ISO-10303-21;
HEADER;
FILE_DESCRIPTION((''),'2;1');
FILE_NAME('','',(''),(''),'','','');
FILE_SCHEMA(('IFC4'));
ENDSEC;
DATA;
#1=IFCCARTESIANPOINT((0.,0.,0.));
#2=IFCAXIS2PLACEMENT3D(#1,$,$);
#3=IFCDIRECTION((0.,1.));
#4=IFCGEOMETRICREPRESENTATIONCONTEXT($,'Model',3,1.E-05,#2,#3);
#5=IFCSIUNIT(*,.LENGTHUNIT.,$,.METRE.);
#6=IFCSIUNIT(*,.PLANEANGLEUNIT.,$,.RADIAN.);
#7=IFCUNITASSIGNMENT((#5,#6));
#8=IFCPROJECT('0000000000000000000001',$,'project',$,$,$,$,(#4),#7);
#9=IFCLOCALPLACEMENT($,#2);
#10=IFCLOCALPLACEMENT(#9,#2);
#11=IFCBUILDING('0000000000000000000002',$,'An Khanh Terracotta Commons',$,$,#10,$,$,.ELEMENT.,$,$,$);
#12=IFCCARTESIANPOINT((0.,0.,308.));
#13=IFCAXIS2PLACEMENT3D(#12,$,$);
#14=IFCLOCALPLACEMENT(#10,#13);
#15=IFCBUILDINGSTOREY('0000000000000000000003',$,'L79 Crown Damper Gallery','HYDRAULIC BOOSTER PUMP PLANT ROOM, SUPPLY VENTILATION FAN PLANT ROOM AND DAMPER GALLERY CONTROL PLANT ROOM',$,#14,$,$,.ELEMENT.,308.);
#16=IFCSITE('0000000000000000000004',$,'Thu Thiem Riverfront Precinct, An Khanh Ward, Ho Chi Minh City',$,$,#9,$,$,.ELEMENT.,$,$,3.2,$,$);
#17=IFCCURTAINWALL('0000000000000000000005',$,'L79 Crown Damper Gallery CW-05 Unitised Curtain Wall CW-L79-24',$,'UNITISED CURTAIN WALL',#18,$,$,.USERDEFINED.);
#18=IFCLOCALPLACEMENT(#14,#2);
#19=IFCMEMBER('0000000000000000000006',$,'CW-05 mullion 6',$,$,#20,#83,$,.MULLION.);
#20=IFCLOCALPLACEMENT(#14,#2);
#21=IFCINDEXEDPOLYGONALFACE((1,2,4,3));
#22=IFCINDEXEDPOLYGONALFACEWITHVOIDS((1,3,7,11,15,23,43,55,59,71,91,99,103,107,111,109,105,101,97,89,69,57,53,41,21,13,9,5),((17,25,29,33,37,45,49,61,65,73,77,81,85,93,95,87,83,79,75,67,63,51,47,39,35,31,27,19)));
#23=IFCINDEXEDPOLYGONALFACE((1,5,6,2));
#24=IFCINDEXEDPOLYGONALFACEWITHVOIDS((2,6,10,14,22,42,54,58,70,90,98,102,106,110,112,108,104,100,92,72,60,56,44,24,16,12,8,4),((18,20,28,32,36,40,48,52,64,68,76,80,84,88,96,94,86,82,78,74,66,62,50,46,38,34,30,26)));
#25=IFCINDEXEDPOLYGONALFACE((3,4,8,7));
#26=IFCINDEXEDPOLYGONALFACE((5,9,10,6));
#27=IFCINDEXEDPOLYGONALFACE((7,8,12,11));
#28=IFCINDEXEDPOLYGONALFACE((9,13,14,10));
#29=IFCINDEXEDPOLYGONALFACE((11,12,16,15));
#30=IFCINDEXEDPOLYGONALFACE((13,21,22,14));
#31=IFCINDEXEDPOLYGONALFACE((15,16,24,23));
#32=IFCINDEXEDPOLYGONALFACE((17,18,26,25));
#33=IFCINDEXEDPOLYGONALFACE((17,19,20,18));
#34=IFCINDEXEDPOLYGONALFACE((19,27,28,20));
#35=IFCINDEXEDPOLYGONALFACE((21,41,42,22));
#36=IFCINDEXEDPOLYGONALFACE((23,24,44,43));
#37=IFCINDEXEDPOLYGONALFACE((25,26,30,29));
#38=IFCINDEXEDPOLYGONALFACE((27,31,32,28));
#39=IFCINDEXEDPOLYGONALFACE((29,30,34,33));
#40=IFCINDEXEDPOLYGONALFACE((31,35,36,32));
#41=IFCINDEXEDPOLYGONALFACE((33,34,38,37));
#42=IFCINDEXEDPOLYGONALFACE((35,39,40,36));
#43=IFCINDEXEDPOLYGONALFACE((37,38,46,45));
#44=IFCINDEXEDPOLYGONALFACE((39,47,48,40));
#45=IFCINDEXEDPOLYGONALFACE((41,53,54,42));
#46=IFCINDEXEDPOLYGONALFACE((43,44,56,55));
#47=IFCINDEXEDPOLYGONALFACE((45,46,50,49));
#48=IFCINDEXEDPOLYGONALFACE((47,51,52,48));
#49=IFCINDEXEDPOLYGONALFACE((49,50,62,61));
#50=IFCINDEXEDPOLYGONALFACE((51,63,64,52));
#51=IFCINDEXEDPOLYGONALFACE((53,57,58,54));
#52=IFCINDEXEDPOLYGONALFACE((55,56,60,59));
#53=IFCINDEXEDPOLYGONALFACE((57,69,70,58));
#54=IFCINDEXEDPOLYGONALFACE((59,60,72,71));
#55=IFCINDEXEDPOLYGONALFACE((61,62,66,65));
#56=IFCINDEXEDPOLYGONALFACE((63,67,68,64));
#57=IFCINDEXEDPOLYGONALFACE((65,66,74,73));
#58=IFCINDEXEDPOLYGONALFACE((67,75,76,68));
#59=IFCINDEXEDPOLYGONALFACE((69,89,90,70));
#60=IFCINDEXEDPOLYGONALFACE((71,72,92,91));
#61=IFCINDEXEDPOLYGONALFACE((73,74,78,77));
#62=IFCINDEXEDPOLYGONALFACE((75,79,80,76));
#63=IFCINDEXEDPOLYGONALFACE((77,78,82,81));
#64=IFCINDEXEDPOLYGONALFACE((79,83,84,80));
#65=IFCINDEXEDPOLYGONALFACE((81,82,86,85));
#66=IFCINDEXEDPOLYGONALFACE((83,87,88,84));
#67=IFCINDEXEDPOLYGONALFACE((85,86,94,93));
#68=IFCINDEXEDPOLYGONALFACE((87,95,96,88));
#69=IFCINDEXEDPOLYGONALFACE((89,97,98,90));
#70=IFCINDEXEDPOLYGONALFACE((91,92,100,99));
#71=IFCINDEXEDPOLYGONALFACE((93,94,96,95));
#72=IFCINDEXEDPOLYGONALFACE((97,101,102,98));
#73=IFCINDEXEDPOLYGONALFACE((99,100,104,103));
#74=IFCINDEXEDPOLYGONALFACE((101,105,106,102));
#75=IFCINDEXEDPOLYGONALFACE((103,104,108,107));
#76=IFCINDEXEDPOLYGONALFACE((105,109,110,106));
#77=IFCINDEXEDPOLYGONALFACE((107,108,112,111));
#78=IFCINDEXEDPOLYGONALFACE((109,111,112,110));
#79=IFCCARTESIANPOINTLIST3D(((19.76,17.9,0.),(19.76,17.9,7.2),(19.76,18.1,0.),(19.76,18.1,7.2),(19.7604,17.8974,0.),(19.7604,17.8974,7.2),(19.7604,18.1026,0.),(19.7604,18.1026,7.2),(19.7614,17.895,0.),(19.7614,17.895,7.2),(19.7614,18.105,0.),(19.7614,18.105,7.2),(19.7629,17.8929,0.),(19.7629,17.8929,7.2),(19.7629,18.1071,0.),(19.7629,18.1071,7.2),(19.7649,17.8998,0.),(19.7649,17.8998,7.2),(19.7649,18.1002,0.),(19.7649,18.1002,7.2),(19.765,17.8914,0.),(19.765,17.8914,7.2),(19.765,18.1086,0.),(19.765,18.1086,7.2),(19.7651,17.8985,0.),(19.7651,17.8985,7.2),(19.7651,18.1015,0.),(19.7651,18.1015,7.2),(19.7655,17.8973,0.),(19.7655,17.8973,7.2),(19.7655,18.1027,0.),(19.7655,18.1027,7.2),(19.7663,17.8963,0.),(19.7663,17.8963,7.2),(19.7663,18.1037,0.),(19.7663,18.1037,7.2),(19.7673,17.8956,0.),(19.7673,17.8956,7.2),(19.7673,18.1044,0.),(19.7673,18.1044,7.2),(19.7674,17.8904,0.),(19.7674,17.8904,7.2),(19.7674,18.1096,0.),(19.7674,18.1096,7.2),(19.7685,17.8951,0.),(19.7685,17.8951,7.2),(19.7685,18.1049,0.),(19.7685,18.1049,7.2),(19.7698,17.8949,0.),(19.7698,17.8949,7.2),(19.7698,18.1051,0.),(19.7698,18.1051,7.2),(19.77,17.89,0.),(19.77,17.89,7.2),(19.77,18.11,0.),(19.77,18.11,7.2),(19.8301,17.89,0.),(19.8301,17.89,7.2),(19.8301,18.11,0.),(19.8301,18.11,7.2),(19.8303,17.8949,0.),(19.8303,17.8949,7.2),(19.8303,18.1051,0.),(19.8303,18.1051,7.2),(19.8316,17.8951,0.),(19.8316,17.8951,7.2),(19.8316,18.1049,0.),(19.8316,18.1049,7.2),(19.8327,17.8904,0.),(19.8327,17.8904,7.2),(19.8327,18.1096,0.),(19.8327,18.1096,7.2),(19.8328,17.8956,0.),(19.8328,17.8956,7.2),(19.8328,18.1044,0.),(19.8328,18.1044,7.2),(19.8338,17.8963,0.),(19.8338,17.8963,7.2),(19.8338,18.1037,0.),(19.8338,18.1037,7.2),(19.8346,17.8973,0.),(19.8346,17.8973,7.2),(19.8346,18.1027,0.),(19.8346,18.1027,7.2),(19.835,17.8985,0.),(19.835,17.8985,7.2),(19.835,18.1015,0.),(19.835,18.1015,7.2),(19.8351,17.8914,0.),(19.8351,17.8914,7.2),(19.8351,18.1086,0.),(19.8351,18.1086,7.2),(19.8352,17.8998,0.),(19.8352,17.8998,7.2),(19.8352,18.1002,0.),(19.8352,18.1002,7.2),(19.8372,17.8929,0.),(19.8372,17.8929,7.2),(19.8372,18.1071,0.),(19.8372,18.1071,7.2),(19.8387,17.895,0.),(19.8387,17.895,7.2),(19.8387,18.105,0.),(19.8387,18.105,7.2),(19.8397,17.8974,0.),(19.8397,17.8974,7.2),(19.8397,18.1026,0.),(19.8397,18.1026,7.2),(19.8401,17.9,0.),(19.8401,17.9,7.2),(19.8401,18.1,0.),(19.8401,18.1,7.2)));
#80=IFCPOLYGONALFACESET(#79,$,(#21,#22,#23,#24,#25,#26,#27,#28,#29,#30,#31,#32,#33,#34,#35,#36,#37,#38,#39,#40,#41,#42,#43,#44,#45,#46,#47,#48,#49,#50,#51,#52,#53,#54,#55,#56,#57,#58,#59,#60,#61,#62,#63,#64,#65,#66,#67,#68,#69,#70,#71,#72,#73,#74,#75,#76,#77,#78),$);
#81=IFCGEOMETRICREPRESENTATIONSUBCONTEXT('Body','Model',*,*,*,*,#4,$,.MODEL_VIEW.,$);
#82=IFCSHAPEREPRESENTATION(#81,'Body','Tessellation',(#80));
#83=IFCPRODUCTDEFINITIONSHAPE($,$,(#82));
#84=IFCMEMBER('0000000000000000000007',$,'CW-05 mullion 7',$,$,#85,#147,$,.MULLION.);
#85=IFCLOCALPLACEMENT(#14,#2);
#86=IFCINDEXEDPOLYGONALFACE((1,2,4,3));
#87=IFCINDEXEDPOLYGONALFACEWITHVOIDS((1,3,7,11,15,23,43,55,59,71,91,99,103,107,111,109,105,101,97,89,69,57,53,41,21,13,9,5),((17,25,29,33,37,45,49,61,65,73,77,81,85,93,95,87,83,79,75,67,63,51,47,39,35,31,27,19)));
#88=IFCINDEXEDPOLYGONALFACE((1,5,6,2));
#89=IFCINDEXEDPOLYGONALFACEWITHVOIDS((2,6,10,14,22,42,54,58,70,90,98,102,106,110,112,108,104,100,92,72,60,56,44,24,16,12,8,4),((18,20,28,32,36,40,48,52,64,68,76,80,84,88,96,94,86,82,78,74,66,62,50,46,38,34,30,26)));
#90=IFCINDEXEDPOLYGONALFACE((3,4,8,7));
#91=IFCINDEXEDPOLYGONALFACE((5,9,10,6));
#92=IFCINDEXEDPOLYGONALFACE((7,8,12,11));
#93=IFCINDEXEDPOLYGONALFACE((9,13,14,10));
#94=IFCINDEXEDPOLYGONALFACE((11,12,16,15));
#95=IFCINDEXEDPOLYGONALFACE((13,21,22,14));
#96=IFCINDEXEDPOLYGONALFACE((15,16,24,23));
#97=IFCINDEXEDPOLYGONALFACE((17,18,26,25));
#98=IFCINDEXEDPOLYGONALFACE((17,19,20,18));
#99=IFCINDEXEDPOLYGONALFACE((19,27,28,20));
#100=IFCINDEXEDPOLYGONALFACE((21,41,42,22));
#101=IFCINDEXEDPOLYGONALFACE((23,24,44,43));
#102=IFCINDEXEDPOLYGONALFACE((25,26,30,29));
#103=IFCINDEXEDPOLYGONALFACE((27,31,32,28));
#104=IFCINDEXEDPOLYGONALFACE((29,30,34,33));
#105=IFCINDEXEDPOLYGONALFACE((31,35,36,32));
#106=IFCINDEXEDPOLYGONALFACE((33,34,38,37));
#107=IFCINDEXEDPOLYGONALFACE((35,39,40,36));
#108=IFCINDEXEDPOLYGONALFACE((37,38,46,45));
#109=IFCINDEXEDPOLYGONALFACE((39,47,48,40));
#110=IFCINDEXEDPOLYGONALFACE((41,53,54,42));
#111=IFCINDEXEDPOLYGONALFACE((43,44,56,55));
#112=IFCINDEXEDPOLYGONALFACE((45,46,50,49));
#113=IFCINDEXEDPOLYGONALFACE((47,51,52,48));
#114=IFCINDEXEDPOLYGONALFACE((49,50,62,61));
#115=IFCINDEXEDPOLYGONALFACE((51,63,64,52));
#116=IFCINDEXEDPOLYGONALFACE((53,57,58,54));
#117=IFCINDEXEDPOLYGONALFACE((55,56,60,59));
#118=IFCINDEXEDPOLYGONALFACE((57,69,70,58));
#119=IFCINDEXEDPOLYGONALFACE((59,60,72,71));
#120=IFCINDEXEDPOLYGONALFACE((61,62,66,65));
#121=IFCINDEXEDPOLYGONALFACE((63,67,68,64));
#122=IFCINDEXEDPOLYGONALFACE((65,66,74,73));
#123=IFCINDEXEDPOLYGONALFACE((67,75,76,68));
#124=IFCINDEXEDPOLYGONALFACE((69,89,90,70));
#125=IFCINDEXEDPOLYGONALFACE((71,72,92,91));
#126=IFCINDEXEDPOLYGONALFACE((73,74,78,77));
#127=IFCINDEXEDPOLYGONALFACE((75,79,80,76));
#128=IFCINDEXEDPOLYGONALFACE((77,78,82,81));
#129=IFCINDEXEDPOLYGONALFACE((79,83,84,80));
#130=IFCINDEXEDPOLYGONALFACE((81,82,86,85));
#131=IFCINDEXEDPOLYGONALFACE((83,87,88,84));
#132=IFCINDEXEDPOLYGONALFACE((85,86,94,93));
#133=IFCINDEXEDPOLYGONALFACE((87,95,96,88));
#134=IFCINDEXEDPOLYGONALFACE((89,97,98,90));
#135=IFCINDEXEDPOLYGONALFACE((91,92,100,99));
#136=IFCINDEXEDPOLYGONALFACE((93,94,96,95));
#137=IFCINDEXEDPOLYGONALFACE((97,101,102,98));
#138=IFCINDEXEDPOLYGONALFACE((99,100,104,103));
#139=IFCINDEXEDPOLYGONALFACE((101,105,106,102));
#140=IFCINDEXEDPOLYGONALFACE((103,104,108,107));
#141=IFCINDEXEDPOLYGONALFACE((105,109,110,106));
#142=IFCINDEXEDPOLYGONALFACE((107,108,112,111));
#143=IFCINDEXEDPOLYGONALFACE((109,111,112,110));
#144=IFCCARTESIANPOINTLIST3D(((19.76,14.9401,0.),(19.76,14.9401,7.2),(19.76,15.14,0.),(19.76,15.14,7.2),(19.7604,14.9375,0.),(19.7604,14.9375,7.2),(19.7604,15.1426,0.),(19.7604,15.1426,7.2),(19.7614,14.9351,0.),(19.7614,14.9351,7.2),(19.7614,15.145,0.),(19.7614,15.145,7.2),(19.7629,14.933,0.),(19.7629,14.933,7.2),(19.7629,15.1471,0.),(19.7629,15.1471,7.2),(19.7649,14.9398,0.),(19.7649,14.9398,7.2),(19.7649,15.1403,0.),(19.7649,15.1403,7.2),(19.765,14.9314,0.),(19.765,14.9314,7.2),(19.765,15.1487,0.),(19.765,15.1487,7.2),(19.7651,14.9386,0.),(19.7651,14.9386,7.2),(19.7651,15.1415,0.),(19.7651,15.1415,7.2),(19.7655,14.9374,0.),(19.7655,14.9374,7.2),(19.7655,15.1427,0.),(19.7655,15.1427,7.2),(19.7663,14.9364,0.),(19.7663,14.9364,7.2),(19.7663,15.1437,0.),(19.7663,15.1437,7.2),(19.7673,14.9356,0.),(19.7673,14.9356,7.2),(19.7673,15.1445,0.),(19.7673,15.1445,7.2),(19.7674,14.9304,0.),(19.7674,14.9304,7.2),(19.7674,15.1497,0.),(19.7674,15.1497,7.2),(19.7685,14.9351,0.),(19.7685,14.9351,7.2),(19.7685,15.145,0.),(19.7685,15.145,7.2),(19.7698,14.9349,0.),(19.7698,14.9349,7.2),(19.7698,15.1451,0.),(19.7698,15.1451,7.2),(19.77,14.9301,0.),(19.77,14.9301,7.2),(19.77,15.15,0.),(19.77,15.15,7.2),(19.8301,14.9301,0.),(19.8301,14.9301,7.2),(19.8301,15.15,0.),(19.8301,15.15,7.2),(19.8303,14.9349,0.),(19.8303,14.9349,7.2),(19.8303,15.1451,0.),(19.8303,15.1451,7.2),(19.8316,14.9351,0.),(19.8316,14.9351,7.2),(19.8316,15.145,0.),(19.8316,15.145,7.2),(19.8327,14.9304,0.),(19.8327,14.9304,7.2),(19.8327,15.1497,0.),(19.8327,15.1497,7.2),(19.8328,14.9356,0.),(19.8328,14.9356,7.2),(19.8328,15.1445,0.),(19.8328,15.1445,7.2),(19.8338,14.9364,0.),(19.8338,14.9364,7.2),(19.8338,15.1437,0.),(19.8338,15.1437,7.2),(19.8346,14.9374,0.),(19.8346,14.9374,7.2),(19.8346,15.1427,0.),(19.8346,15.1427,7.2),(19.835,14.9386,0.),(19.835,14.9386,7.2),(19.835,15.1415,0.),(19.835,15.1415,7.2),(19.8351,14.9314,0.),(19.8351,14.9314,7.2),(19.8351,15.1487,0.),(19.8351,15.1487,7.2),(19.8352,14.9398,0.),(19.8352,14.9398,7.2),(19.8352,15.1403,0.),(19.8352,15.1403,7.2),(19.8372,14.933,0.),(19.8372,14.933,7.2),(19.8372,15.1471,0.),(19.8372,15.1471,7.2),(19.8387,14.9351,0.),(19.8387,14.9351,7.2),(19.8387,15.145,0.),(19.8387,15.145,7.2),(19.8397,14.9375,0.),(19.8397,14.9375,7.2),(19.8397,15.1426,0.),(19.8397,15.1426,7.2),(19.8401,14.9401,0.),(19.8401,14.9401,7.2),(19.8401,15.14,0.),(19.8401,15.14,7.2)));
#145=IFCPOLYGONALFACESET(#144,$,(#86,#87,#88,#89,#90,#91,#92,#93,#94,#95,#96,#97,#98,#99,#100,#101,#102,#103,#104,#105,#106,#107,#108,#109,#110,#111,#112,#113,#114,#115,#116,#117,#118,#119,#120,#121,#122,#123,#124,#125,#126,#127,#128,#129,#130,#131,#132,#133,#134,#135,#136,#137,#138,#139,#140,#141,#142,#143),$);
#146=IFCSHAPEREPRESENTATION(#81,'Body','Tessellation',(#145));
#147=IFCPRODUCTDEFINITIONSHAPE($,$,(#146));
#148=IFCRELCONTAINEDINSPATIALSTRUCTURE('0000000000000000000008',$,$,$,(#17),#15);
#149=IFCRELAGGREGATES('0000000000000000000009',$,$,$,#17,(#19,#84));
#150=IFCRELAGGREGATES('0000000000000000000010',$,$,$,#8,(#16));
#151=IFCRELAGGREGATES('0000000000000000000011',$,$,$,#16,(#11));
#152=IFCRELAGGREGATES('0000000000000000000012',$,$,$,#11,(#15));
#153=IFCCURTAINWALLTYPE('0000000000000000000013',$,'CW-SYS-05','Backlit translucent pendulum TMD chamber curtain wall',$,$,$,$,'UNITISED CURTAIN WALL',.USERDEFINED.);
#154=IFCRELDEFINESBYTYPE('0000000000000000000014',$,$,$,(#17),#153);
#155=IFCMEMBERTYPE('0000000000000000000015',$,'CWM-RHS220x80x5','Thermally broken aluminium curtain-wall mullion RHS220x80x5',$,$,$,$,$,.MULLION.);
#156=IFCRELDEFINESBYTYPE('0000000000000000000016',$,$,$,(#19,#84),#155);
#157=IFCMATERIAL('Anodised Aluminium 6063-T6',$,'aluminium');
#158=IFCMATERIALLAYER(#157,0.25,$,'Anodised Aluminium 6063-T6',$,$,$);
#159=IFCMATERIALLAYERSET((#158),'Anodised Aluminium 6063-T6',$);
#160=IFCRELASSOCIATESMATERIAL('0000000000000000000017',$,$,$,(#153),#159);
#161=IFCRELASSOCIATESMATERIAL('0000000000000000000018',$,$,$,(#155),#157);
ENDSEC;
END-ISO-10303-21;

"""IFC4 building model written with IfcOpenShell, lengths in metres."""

from ifc_helpers import new_model, si_unit, direction, frame, origin, origin_2d, place, context, subcontext, project, spatial, hollow_rectangle, extrude, material, layer, layer_set, material_profile, profile_set, type_object, element, aggregate, save


model = new_model("IFC4")

# Units and contexts
model_context = context("Model", 3, precision=1e-05, world=origin(), true_north=direction((0.0, 1.0)))
body_context = subcontext(model_context, "Body", "Model", "MODEL_VIEW")
ifc_project = project(units=[si_unit("LENGTHUNIT", "METRE"), si_unit("PLANEANGLEUNIT", "RADIAN")], contexts=[model_context])

# Site, building, storey
site_placement = place(None, origin())
site = spatial("IfcSite", under=ifc_project, at=site_placement, Name="Thu Thiem Riverfront Precinct, An Khanh Ward, Ho Chi Minh City", CompositionType="ELEMENT", RefElevation=3.2)
building_placement = place(site_placement, origin())
building = spatial("IfcBuilding", under=site, at=building_placement, Name="An Khanh Terracotta Commons", CompositionType="ELEMENT")
storey_placement = place(building_placement, frame((0.0, 0.0, 308.0)))
storey = spatial("IfcBuildingStorey", under=building, at=storey_placement, Name="L79 Crown Damper Gallery", Description="HYDRAULIC BOOSTER PUMP PLANT ROOM, SUPPLY VENTILATION FAN PLANT ROOM AND DAMPER GALLERY CONTROL PLANT ROOM", CompositionType="ELEMENT", Elevation=308.0)

# Curtain wall, members
ifc_material_1 = material(Name="Anodised Aluminium 6063-T6", Category="aluminium")
ifc_layer_1 = layer(ifc_material_1, 0.25, Name="Anodised Aluminium 6063-T6")
ifc_layer_set_1 = layer_set([ifc_layer_1], Name="Anodised Aluminium 6063-T6")
curtain_wall_type = type_object("IfcCurtainWallType", Name="CW-SYS-05", Description="Backlit translucent pendulum TMD chamber curtain wall", ElementType="UNITISED CURTAIN WALL", PredefinedType="USERDEFINED", material=ifc_layer_set_1)
curtain_wall_placement = place(storey_placement, origin())
curtain_wall = element("IfcCurtainWall", 1, at=curtain_wall_placement, inside=storey, type_object=curtain_wall_type, Name="L79 Crown Damper Gallery CW-05 Unitised Curtain Wall CW-L79-24", ObjectType="UNITISED CURTAIN WALL", PredefinedType="USERDEFINED")
ifc_material_profile_1 = material_profile(ifc_material_1, hollow_rectangle(XDim=0.0801, YDim=0.22, WallThickness=0.0049, InnerFilletRadius=0.0049, OuterFilletRadius=0.01, at=origin_2d()), Name="RHS220x80x5")
ifc_profile_set_1 = profile_set([ifc_material_profile_1], Name="Anodised Aluminium 6063-T6")
member_type_1 = type_object("IfcMemberType", Name="CWM-RHS220x80x5", Description="Thermally broken aluminium curtain-wall mullion RHS220x80x5", PredefinedType="MULLION", material=ifc_profile_set_1)
member_1_placement = place(storey_placement, frame((19.8, 18.0, 0.0), z_axis=(0.0, 0.0, 1.0), x_axis=(1.0, 0.0, 0.0)))
member_1 = element("IfcMember", 2, at=member_1_placement, type_object=member_type_1, Name="CW-05 mullion 6", PredefinedType="MULLION", context=body_context, shape_type="SweptSolid", body=[
    extrude(hollow_rectangle(XDim=0.0801, YDim=0.22, WallThickness=0.0049, InnerFilletRadius=0.0049, OuterFilletRadius=0.01, at=origin_2d()), origin(), (0.0, 0.0, 1.0), 7.2),
])
member_2_placement = place(storey_placement, frame((19.8, 15.04, 0.0), z_axis=(0.0, 0.0, 1.0), x_axis=(1.0, 0.0, 0.0)))
member_2 = element("IfcMember", 3, at=member_2_placement, type_object=member_type_1, Name="CW-05 mullion 7", PredefinedType="MULLION", context=body_context, shape_type="SweptSolid", body=[
    extrude(hollow_rectangle(XDim=0.0801, YDim=0.22, WallThickness=0.0049, InnerFilletRadius=0.0049, OuterFilletRadius=0.01, at=origin_2d()), origin(), (0.0, 0.0, 1.0), 7.2),
])
aggregate(curtain_wall, [member_1, member_2])

save(model, "model.ifc")
